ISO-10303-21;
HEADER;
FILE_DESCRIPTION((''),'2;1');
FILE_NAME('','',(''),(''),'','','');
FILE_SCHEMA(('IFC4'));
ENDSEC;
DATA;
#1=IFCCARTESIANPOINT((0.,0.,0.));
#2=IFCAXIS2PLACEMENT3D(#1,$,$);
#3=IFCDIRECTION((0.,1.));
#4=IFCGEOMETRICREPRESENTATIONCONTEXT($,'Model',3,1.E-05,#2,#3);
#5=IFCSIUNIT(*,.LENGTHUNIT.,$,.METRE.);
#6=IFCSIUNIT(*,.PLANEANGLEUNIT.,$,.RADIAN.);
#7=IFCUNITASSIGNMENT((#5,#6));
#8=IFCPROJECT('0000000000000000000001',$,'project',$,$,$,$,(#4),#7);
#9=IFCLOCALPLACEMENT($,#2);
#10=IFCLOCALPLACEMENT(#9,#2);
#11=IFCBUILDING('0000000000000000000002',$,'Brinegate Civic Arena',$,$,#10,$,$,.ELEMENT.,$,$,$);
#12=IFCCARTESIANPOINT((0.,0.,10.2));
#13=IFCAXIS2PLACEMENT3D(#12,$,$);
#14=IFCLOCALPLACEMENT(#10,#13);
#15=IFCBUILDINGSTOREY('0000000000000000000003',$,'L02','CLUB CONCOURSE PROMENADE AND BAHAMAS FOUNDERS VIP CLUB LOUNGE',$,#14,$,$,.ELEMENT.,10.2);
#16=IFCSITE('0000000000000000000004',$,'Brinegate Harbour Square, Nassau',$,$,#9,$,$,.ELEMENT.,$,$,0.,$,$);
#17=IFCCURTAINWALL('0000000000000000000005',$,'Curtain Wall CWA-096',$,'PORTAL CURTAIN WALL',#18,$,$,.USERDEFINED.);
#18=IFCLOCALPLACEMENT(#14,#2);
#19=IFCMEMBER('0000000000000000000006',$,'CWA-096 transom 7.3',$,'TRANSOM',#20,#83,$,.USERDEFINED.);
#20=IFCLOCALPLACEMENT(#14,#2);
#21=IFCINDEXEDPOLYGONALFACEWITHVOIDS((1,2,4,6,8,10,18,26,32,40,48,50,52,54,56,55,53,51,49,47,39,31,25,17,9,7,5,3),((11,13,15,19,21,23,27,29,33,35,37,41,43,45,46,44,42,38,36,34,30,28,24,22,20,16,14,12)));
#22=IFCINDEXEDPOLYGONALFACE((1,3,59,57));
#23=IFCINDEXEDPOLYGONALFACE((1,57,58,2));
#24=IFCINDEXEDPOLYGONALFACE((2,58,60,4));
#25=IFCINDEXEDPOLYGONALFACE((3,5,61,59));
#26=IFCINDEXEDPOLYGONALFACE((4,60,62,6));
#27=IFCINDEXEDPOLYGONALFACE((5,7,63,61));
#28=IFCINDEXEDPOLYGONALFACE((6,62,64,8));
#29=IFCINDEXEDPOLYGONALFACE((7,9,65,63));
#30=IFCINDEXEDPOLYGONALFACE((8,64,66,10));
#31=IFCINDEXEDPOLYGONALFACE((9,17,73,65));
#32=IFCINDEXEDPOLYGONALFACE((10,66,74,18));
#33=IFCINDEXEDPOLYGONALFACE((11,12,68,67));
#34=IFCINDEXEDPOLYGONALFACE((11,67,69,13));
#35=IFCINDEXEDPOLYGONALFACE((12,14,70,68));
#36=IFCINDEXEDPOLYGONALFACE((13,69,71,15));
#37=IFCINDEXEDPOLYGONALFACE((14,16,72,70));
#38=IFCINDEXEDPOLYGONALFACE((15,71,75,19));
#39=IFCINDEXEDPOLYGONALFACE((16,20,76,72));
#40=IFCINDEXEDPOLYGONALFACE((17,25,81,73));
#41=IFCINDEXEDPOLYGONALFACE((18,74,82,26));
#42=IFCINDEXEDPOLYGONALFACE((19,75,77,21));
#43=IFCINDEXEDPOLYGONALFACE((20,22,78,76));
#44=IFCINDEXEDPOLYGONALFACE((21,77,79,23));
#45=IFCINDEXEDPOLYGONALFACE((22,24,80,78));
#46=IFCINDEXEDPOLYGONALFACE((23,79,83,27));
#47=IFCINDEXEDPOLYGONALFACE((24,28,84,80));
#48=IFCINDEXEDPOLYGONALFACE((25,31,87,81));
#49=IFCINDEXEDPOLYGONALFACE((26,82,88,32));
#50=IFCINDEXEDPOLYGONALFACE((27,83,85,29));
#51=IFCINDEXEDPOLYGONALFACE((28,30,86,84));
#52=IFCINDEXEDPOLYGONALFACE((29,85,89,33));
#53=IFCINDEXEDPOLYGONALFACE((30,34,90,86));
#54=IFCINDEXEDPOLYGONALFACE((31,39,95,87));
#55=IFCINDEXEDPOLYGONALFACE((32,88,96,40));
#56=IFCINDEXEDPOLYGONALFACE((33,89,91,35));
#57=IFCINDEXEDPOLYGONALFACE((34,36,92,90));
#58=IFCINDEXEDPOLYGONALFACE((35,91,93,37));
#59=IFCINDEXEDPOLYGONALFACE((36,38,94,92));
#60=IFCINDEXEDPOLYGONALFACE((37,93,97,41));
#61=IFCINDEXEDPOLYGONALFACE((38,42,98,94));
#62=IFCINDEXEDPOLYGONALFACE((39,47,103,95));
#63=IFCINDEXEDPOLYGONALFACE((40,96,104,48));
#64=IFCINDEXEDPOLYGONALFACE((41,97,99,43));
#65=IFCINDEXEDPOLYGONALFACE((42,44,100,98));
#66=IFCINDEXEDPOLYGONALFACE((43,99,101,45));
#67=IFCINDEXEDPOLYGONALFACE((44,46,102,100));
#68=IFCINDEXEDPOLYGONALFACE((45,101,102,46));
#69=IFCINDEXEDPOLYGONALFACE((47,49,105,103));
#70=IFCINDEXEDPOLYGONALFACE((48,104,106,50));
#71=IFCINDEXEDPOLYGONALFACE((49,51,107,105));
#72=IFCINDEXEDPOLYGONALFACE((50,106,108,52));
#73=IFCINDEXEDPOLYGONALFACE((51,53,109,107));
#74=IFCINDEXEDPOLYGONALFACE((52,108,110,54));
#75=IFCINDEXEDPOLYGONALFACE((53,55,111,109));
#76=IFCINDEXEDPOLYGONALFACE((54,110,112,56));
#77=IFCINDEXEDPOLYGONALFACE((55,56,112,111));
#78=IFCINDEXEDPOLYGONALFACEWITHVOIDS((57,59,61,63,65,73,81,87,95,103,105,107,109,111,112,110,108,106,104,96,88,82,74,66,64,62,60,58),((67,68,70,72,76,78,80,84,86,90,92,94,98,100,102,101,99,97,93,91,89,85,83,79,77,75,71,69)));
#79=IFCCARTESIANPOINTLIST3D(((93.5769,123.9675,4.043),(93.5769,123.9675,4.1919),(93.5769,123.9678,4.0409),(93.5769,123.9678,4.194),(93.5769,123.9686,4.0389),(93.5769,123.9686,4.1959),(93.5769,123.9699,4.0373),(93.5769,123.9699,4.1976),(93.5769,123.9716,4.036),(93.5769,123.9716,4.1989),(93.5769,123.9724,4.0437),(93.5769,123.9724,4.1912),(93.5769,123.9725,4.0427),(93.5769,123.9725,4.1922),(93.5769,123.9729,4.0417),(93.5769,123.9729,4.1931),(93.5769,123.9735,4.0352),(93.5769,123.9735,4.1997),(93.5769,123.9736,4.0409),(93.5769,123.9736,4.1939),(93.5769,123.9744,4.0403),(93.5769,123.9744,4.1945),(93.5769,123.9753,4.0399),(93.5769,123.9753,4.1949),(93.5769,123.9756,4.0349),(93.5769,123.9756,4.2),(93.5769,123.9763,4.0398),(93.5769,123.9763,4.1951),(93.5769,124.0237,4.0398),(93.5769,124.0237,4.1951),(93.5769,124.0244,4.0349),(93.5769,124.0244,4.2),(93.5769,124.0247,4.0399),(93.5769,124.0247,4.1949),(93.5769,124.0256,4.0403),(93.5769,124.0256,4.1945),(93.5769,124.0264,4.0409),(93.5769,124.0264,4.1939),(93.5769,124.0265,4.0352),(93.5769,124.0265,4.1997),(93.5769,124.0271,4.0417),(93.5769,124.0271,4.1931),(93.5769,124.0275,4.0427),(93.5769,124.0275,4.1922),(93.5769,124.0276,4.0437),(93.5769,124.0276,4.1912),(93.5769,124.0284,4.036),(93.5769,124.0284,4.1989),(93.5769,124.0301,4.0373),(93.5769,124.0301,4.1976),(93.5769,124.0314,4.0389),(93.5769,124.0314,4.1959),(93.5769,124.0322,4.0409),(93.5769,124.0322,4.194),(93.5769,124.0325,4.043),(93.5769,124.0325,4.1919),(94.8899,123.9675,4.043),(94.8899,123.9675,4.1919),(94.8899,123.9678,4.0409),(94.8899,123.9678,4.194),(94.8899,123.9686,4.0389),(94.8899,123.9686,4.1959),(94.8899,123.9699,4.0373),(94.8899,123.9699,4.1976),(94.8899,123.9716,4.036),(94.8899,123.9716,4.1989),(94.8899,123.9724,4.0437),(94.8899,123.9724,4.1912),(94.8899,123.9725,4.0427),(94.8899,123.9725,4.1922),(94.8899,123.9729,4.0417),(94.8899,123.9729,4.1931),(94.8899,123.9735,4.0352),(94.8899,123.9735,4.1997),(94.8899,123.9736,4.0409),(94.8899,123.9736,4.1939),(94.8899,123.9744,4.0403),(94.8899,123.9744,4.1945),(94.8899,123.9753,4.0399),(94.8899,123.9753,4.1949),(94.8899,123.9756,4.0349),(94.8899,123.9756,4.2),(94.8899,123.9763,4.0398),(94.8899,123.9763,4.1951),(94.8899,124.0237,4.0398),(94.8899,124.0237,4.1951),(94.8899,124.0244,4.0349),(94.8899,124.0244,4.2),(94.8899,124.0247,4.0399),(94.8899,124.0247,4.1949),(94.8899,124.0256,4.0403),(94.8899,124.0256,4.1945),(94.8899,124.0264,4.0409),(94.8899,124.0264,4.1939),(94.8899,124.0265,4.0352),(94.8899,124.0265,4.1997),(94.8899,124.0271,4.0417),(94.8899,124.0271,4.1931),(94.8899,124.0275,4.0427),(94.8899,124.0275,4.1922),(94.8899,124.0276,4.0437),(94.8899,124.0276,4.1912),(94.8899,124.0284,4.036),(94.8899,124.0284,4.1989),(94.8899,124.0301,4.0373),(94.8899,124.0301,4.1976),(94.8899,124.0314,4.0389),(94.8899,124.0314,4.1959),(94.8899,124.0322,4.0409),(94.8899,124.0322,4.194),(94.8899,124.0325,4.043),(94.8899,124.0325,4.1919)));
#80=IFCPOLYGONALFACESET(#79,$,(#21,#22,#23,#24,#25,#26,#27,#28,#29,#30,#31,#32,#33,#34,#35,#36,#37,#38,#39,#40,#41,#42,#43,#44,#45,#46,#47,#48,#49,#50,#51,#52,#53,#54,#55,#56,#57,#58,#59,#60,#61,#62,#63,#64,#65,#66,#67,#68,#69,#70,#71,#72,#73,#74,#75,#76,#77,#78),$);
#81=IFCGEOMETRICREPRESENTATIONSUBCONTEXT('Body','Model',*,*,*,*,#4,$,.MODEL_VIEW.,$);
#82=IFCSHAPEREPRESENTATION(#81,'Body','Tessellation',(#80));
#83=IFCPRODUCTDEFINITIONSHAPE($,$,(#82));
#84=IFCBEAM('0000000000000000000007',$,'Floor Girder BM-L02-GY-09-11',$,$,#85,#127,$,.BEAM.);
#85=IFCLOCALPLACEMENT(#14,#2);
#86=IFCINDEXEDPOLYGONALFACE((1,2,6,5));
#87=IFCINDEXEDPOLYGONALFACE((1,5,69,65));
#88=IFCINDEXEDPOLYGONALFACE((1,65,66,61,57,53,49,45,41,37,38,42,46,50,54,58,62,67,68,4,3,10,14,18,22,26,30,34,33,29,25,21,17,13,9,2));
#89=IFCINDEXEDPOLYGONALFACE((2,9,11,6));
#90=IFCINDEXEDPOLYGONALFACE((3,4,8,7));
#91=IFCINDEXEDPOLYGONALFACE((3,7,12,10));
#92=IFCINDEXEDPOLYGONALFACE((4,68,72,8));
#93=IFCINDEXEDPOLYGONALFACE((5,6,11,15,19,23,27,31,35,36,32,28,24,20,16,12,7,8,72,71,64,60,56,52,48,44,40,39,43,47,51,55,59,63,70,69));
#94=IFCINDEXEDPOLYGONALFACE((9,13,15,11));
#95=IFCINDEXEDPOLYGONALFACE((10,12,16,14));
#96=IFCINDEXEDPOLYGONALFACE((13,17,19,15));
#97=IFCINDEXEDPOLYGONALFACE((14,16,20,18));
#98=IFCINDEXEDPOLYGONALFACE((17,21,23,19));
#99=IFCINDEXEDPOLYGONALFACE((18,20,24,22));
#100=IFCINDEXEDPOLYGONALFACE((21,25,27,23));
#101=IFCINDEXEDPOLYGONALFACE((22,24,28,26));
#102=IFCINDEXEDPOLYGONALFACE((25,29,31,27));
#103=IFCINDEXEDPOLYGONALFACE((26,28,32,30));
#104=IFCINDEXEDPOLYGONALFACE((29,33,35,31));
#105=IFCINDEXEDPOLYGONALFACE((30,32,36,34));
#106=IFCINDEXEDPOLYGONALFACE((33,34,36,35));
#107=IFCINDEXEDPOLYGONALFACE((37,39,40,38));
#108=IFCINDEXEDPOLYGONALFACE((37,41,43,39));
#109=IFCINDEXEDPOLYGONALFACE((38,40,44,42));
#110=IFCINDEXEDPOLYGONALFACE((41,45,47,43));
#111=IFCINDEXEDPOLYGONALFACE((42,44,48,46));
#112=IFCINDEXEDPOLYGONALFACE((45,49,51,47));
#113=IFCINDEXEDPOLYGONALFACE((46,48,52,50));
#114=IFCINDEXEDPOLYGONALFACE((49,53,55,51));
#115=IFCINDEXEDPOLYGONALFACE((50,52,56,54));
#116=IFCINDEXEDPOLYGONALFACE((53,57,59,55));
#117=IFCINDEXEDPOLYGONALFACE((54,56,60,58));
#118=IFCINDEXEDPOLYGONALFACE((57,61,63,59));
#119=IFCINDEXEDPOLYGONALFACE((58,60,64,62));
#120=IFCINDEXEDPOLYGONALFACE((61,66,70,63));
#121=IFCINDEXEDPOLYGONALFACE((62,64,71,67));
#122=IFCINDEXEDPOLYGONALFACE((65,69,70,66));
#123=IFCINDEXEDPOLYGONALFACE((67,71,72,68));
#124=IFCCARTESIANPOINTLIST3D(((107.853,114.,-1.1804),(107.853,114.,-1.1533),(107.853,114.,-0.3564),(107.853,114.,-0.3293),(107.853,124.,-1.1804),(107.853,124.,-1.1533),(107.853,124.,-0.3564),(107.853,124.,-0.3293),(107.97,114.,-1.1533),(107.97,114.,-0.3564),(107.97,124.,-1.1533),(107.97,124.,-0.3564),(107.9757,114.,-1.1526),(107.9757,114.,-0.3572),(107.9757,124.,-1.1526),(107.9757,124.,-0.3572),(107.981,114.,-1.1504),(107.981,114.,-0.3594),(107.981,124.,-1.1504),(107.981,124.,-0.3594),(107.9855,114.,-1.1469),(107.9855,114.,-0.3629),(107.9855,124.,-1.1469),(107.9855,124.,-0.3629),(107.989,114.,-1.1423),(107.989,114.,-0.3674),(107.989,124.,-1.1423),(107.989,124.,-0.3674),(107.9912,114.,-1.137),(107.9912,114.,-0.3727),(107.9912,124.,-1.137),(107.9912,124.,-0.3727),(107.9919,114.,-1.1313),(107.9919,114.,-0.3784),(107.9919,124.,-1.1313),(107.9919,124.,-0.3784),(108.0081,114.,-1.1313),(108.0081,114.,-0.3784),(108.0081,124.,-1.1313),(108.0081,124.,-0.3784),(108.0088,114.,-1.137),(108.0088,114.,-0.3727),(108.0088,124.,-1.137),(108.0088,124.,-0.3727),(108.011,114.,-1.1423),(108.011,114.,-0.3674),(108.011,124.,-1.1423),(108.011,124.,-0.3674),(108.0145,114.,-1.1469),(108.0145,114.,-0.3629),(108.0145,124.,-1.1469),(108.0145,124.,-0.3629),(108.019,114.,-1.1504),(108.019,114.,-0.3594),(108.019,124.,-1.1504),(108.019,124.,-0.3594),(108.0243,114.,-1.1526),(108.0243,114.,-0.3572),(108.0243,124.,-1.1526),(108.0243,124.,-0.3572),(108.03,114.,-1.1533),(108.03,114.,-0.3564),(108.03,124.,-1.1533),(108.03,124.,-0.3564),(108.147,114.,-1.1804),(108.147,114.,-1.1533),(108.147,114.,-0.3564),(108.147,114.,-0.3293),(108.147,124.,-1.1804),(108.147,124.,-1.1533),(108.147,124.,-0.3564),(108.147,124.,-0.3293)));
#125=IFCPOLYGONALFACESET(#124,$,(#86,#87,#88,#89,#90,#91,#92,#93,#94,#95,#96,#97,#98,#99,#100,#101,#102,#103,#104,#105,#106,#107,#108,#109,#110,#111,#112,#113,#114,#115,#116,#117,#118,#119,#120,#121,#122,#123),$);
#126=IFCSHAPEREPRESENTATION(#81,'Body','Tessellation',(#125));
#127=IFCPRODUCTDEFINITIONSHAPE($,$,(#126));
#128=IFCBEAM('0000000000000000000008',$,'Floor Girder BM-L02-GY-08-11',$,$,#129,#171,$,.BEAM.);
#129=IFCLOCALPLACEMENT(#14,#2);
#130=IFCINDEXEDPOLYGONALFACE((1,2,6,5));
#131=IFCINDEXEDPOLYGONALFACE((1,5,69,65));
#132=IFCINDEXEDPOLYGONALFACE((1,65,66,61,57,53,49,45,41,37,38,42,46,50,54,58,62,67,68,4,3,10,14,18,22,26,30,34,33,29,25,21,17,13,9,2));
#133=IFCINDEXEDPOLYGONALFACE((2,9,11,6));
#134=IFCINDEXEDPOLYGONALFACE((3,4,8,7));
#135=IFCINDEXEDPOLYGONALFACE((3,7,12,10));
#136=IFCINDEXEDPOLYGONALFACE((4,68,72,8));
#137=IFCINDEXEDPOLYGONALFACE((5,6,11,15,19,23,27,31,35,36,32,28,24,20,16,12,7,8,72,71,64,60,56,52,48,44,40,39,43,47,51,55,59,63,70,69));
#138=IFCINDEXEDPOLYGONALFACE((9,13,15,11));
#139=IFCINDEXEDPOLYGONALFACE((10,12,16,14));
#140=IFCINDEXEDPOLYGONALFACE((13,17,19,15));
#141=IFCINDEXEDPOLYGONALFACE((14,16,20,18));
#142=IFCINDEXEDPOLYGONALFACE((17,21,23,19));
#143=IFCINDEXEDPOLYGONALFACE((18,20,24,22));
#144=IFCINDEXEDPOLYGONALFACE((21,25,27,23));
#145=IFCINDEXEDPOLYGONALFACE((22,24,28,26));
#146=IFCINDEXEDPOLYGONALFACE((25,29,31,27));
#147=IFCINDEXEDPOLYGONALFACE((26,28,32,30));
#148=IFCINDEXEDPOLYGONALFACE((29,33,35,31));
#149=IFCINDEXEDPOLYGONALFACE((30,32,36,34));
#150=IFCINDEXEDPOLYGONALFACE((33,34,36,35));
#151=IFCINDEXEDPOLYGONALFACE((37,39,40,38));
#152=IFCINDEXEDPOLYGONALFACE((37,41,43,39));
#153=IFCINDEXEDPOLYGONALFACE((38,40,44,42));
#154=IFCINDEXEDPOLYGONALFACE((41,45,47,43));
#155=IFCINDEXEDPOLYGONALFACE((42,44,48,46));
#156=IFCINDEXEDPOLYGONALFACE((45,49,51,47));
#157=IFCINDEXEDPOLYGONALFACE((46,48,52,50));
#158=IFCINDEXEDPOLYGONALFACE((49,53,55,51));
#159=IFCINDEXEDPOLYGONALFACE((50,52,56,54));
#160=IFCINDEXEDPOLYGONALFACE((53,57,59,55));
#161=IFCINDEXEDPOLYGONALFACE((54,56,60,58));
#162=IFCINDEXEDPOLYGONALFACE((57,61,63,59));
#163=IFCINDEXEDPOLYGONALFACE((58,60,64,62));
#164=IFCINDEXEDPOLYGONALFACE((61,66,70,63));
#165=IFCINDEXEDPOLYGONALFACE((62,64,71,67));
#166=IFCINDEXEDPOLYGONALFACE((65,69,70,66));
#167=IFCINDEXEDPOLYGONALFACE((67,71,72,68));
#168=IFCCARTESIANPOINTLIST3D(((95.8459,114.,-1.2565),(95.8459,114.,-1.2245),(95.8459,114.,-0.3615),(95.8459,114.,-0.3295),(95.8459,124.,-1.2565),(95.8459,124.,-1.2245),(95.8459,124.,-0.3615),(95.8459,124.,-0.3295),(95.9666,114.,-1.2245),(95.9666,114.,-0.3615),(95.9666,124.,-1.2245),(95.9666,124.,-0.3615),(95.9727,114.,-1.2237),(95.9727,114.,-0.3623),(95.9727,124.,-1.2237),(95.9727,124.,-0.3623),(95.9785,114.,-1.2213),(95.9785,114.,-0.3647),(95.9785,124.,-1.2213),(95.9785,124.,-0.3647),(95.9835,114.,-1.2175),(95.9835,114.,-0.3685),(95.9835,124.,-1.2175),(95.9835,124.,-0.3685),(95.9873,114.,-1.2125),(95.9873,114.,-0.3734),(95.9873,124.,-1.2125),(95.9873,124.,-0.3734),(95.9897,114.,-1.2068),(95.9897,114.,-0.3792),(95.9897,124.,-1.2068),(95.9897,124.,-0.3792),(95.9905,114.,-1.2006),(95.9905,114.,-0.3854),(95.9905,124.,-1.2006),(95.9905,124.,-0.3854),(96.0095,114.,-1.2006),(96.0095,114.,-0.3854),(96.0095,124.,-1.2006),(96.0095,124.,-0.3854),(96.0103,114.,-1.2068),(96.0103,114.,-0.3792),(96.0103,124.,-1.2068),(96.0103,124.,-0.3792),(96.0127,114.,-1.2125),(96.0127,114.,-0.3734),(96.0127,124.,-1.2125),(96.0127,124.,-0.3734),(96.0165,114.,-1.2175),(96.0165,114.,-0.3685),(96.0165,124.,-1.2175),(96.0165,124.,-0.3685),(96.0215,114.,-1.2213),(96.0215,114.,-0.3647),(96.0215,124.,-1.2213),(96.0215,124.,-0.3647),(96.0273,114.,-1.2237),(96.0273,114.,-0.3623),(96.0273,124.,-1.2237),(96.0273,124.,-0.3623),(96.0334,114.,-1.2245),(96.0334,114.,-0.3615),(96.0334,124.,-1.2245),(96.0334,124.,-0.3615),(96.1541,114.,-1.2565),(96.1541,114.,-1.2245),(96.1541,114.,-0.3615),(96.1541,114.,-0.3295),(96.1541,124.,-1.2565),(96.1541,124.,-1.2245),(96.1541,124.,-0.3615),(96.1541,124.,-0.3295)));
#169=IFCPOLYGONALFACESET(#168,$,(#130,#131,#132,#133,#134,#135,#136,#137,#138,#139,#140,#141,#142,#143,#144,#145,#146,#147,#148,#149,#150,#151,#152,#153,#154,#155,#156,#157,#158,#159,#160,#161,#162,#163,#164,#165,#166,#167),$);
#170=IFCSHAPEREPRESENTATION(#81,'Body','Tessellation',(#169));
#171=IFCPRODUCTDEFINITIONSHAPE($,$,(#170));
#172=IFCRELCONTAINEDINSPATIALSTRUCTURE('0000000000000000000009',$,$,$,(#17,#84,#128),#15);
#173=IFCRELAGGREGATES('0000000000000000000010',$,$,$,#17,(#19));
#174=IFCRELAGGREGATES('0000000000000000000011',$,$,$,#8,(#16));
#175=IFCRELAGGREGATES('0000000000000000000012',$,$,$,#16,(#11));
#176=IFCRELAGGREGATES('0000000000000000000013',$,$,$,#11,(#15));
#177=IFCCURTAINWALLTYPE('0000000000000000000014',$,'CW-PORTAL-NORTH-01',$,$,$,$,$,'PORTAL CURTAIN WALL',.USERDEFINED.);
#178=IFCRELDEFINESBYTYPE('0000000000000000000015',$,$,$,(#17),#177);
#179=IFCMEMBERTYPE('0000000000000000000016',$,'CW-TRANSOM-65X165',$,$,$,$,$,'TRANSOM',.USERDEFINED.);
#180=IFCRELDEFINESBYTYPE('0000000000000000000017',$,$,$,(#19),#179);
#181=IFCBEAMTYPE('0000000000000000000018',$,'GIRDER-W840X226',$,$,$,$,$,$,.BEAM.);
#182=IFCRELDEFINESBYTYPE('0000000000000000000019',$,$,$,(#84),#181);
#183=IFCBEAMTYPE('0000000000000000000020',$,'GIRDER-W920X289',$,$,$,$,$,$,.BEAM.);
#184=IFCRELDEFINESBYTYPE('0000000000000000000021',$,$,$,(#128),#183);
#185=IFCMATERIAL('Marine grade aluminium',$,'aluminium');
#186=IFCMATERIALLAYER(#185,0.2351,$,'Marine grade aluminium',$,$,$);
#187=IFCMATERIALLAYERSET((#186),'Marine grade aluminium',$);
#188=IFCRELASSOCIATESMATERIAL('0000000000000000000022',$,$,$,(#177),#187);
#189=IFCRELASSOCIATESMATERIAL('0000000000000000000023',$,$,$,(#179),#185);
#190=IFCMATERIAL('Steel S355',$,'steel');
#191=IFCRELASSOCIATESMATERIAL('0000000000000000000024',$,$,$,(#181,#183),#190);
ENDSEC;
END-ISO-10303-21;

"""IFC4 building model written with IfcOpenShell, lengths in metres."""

from ifc_helpers import new_model, si_unit, direction, frame, origin, origin_2d, place, context, subcontext, project, spatial, hollow_rectangle, i_section, extrude, material, layer, layer_set, material_profile, profile_set, type_object, element, aggregate, save


model = new_model("IFC4")

# Units and contexts
model_context = context("Model", 3, precision=1e-05, world=origin(), true_north=direction((0.0, 1.0)))
body_context = subcontext(model_context, "Body", "Model", "MODEL_VIEW")
ifc_project = project(units=[si_unit("LENGTHUNIT", "METRE"), si_unit("PLANEANGLEUNIT", "RADIAN")], contexts=[model_context])

# Site, building, storey
site_placement = place(None, origin())
site = spatial("IfcSite", under=ifc_project, at=site_placement, Name="Brinegate Harbour Square, Nassau", CompositionType="ELEMENT", RefElevation=0.0)
building_placement = place(site_placement, origin())
building = spatial("IfcBuilding", under=site, at=building_placement, Name="Brinegate Civic Arena", CompositionType="ELEMENT")
storey_placement = place(building_placement, frame((0.0, 0.0, 10.2)))
storey = spatial("IfcBuildingStorey", under=building, at=storey_placement, Name="L02", Description="CLUB CONCOURSE PROMENADE AND BAHAMAS FOUNDERS VIP CLUB LOUNGE", CompositionType="ELEMENT", Elevation=10.2)

# Curtain wall
ifc_material_1 = material(Name="Marine grade aluminium", Category="aluminium")
ifc_layer_1 = layer(ifc_material_1, 0.2351, Name="Marine grade aluminium")
ifc_layer_set_1 = layer_set([ifc_layer_1], Name="Marine grade aluminium")
curtain_wall_type = type_object("IfcCurtainWallType", Name="CW-PORTAL-NORTH-01", ElementType="PORTAL CURTAIN WALL", PredefinedType="USERDEFINED", material=ifc_layer_set_1)
curtain_wall_1_placement = place(storey_placement, origin())
curtain_wall_1 = element("IfcCurtainWall", 1, at=curtain_wall_1_placement, inside=storey, type_object=curtain_wall_type, Name="Curtain Wall CWA-096", ObjectType="PORTAL CURTAIN WALL", PredefinedType="USERDEFINED")

# Member
ifc_material_profile_1 = material_profile(ifc_material_1, hollow_rectangle(XDim=0.0649, YDim=0.165, WallThickness=0.0049, InnerFilletRadius=0.0039, OuterFilletRadius=0.0081, at=origin_2d()), Name="TRN65X165")
ifc_profile_set_1 = profile_set([ifc_material_profile_1], Name="Marine grade aluminium")
member_type_1 = type_object("IfcMemberType", Name="CW-TRANSOM-65X165", ElementType="TRANSOM", PredefinedType="USERDEFINED", material=ifc_profile_set_1)
member_1_placement = place(storey_placement, frame((93.5769, 124.0, 4.1174), z_axis=(1.0, 0.0, 0.0), x_axis=(0.0, 1.0, 0.0)))
member_1 = element("IfcMember", 2, at=member_1_placement, type_object=member_type_1, Name="CWA-096 transom 7.3", ObjectType="TRANSOM", PredefinedType="USERDEFINED", context=body_context, shape_type="SweptSolid", body=[
    extrude(hollow_rectangle(XDim=0.0649, YDim=0.165, WallThickness=0.0049, InnerFilletRadius=0.0039, OuterFilletRadius=0.0081, at=origin_2d()), origin(), (0.0, 0.0, 1.0), 1.313),
])

# Beams
ifc_material_2 = material(Name="Steel S355", Category="steel")
ifc_material_profile_2 = material_profile(ifc_material_2, i_section(OverallWidth=0.2939, OverallDepth=0.8511, WebThickness=0.0161, FlangeThickness=0.0271, FilletRadius=0.022, at=origin_2d()), Name="W840X226")
ifc_profile_set_2 = profile_set([ifc_material_profile_2], Name="Steel S355")
beam_type_1 = type_object("IfcBeamType", Name="GIRDER-W840X226", PredefinedType="BEAM", material=ifc_profile_set_2)
beam_1_placement = place(storey_placement, frame((108.0, 114.0, -0.7549), z_axis=(0.0, 1.0, 0.0), x_axis=(-1.0, 0.0, 0.0)))
element("IfcBeam", 3, at=beam_1_placement, inside=storey, type_object=beam_type_1, Name="Floor Girder BM-L02-GY-09-11", PredefinedType="BEAM", context=body_context, shape_type="SweptSolid", body=[
    extrude(i_section(OverallWidth=0.2939, OverallDepth=0.8511, WebThickness=0.0161, FlangeThickness=0.0271, FilletRadius=0.022, at=origin_2d()), origin(), (0.0, 0.0, 1.0), 10.0),
])
ifc_material_profile_3 = material_profile(ifc_material_2, i_section(OverallWidth=0.3081, OverallDepth=0.927, WebThickness=0.019, FlangeThickness=0.032, FilletRadius=0.0239, at=origin_2d()), Name="W920X289")
ifc_profile_set_3 = profile_set([ifc_material_profile_3], Name="Steel S355")
beam_type_2 = type_object("IfcBeamType", Name="GIRDER-W920X289", PredefinedType="BEAM", material=ifc_profile_set_3)
beam_2_placement = place(storey_placement, frame((96.0, 114.0, -0.793), z_axis=(0.0, 1.0, 0.0), x_axis=(-1.0, 0.0, 0.0)))
element("IfcBeam", 4, at=beam_2_placement, inside=storey, type_object=beam_type_2, Name="Floor Girder BM-L02-GY-08-11", PredefinedType="BEAM", context=body_context, shape_type="SweptSolid", body=[
    extrude(i_section(OverallWidth=0.3081, OverallDepth=0.927, WebThickness=0.019, FlangeThickness=0.032, FilletRadius=0.0239, at=origin_2d()), origin(), (0.0, 0.0, 1.0), 10.0),
])

aggregate(curtain_wall_1, [member_1])

save(model, "model.ifc")
